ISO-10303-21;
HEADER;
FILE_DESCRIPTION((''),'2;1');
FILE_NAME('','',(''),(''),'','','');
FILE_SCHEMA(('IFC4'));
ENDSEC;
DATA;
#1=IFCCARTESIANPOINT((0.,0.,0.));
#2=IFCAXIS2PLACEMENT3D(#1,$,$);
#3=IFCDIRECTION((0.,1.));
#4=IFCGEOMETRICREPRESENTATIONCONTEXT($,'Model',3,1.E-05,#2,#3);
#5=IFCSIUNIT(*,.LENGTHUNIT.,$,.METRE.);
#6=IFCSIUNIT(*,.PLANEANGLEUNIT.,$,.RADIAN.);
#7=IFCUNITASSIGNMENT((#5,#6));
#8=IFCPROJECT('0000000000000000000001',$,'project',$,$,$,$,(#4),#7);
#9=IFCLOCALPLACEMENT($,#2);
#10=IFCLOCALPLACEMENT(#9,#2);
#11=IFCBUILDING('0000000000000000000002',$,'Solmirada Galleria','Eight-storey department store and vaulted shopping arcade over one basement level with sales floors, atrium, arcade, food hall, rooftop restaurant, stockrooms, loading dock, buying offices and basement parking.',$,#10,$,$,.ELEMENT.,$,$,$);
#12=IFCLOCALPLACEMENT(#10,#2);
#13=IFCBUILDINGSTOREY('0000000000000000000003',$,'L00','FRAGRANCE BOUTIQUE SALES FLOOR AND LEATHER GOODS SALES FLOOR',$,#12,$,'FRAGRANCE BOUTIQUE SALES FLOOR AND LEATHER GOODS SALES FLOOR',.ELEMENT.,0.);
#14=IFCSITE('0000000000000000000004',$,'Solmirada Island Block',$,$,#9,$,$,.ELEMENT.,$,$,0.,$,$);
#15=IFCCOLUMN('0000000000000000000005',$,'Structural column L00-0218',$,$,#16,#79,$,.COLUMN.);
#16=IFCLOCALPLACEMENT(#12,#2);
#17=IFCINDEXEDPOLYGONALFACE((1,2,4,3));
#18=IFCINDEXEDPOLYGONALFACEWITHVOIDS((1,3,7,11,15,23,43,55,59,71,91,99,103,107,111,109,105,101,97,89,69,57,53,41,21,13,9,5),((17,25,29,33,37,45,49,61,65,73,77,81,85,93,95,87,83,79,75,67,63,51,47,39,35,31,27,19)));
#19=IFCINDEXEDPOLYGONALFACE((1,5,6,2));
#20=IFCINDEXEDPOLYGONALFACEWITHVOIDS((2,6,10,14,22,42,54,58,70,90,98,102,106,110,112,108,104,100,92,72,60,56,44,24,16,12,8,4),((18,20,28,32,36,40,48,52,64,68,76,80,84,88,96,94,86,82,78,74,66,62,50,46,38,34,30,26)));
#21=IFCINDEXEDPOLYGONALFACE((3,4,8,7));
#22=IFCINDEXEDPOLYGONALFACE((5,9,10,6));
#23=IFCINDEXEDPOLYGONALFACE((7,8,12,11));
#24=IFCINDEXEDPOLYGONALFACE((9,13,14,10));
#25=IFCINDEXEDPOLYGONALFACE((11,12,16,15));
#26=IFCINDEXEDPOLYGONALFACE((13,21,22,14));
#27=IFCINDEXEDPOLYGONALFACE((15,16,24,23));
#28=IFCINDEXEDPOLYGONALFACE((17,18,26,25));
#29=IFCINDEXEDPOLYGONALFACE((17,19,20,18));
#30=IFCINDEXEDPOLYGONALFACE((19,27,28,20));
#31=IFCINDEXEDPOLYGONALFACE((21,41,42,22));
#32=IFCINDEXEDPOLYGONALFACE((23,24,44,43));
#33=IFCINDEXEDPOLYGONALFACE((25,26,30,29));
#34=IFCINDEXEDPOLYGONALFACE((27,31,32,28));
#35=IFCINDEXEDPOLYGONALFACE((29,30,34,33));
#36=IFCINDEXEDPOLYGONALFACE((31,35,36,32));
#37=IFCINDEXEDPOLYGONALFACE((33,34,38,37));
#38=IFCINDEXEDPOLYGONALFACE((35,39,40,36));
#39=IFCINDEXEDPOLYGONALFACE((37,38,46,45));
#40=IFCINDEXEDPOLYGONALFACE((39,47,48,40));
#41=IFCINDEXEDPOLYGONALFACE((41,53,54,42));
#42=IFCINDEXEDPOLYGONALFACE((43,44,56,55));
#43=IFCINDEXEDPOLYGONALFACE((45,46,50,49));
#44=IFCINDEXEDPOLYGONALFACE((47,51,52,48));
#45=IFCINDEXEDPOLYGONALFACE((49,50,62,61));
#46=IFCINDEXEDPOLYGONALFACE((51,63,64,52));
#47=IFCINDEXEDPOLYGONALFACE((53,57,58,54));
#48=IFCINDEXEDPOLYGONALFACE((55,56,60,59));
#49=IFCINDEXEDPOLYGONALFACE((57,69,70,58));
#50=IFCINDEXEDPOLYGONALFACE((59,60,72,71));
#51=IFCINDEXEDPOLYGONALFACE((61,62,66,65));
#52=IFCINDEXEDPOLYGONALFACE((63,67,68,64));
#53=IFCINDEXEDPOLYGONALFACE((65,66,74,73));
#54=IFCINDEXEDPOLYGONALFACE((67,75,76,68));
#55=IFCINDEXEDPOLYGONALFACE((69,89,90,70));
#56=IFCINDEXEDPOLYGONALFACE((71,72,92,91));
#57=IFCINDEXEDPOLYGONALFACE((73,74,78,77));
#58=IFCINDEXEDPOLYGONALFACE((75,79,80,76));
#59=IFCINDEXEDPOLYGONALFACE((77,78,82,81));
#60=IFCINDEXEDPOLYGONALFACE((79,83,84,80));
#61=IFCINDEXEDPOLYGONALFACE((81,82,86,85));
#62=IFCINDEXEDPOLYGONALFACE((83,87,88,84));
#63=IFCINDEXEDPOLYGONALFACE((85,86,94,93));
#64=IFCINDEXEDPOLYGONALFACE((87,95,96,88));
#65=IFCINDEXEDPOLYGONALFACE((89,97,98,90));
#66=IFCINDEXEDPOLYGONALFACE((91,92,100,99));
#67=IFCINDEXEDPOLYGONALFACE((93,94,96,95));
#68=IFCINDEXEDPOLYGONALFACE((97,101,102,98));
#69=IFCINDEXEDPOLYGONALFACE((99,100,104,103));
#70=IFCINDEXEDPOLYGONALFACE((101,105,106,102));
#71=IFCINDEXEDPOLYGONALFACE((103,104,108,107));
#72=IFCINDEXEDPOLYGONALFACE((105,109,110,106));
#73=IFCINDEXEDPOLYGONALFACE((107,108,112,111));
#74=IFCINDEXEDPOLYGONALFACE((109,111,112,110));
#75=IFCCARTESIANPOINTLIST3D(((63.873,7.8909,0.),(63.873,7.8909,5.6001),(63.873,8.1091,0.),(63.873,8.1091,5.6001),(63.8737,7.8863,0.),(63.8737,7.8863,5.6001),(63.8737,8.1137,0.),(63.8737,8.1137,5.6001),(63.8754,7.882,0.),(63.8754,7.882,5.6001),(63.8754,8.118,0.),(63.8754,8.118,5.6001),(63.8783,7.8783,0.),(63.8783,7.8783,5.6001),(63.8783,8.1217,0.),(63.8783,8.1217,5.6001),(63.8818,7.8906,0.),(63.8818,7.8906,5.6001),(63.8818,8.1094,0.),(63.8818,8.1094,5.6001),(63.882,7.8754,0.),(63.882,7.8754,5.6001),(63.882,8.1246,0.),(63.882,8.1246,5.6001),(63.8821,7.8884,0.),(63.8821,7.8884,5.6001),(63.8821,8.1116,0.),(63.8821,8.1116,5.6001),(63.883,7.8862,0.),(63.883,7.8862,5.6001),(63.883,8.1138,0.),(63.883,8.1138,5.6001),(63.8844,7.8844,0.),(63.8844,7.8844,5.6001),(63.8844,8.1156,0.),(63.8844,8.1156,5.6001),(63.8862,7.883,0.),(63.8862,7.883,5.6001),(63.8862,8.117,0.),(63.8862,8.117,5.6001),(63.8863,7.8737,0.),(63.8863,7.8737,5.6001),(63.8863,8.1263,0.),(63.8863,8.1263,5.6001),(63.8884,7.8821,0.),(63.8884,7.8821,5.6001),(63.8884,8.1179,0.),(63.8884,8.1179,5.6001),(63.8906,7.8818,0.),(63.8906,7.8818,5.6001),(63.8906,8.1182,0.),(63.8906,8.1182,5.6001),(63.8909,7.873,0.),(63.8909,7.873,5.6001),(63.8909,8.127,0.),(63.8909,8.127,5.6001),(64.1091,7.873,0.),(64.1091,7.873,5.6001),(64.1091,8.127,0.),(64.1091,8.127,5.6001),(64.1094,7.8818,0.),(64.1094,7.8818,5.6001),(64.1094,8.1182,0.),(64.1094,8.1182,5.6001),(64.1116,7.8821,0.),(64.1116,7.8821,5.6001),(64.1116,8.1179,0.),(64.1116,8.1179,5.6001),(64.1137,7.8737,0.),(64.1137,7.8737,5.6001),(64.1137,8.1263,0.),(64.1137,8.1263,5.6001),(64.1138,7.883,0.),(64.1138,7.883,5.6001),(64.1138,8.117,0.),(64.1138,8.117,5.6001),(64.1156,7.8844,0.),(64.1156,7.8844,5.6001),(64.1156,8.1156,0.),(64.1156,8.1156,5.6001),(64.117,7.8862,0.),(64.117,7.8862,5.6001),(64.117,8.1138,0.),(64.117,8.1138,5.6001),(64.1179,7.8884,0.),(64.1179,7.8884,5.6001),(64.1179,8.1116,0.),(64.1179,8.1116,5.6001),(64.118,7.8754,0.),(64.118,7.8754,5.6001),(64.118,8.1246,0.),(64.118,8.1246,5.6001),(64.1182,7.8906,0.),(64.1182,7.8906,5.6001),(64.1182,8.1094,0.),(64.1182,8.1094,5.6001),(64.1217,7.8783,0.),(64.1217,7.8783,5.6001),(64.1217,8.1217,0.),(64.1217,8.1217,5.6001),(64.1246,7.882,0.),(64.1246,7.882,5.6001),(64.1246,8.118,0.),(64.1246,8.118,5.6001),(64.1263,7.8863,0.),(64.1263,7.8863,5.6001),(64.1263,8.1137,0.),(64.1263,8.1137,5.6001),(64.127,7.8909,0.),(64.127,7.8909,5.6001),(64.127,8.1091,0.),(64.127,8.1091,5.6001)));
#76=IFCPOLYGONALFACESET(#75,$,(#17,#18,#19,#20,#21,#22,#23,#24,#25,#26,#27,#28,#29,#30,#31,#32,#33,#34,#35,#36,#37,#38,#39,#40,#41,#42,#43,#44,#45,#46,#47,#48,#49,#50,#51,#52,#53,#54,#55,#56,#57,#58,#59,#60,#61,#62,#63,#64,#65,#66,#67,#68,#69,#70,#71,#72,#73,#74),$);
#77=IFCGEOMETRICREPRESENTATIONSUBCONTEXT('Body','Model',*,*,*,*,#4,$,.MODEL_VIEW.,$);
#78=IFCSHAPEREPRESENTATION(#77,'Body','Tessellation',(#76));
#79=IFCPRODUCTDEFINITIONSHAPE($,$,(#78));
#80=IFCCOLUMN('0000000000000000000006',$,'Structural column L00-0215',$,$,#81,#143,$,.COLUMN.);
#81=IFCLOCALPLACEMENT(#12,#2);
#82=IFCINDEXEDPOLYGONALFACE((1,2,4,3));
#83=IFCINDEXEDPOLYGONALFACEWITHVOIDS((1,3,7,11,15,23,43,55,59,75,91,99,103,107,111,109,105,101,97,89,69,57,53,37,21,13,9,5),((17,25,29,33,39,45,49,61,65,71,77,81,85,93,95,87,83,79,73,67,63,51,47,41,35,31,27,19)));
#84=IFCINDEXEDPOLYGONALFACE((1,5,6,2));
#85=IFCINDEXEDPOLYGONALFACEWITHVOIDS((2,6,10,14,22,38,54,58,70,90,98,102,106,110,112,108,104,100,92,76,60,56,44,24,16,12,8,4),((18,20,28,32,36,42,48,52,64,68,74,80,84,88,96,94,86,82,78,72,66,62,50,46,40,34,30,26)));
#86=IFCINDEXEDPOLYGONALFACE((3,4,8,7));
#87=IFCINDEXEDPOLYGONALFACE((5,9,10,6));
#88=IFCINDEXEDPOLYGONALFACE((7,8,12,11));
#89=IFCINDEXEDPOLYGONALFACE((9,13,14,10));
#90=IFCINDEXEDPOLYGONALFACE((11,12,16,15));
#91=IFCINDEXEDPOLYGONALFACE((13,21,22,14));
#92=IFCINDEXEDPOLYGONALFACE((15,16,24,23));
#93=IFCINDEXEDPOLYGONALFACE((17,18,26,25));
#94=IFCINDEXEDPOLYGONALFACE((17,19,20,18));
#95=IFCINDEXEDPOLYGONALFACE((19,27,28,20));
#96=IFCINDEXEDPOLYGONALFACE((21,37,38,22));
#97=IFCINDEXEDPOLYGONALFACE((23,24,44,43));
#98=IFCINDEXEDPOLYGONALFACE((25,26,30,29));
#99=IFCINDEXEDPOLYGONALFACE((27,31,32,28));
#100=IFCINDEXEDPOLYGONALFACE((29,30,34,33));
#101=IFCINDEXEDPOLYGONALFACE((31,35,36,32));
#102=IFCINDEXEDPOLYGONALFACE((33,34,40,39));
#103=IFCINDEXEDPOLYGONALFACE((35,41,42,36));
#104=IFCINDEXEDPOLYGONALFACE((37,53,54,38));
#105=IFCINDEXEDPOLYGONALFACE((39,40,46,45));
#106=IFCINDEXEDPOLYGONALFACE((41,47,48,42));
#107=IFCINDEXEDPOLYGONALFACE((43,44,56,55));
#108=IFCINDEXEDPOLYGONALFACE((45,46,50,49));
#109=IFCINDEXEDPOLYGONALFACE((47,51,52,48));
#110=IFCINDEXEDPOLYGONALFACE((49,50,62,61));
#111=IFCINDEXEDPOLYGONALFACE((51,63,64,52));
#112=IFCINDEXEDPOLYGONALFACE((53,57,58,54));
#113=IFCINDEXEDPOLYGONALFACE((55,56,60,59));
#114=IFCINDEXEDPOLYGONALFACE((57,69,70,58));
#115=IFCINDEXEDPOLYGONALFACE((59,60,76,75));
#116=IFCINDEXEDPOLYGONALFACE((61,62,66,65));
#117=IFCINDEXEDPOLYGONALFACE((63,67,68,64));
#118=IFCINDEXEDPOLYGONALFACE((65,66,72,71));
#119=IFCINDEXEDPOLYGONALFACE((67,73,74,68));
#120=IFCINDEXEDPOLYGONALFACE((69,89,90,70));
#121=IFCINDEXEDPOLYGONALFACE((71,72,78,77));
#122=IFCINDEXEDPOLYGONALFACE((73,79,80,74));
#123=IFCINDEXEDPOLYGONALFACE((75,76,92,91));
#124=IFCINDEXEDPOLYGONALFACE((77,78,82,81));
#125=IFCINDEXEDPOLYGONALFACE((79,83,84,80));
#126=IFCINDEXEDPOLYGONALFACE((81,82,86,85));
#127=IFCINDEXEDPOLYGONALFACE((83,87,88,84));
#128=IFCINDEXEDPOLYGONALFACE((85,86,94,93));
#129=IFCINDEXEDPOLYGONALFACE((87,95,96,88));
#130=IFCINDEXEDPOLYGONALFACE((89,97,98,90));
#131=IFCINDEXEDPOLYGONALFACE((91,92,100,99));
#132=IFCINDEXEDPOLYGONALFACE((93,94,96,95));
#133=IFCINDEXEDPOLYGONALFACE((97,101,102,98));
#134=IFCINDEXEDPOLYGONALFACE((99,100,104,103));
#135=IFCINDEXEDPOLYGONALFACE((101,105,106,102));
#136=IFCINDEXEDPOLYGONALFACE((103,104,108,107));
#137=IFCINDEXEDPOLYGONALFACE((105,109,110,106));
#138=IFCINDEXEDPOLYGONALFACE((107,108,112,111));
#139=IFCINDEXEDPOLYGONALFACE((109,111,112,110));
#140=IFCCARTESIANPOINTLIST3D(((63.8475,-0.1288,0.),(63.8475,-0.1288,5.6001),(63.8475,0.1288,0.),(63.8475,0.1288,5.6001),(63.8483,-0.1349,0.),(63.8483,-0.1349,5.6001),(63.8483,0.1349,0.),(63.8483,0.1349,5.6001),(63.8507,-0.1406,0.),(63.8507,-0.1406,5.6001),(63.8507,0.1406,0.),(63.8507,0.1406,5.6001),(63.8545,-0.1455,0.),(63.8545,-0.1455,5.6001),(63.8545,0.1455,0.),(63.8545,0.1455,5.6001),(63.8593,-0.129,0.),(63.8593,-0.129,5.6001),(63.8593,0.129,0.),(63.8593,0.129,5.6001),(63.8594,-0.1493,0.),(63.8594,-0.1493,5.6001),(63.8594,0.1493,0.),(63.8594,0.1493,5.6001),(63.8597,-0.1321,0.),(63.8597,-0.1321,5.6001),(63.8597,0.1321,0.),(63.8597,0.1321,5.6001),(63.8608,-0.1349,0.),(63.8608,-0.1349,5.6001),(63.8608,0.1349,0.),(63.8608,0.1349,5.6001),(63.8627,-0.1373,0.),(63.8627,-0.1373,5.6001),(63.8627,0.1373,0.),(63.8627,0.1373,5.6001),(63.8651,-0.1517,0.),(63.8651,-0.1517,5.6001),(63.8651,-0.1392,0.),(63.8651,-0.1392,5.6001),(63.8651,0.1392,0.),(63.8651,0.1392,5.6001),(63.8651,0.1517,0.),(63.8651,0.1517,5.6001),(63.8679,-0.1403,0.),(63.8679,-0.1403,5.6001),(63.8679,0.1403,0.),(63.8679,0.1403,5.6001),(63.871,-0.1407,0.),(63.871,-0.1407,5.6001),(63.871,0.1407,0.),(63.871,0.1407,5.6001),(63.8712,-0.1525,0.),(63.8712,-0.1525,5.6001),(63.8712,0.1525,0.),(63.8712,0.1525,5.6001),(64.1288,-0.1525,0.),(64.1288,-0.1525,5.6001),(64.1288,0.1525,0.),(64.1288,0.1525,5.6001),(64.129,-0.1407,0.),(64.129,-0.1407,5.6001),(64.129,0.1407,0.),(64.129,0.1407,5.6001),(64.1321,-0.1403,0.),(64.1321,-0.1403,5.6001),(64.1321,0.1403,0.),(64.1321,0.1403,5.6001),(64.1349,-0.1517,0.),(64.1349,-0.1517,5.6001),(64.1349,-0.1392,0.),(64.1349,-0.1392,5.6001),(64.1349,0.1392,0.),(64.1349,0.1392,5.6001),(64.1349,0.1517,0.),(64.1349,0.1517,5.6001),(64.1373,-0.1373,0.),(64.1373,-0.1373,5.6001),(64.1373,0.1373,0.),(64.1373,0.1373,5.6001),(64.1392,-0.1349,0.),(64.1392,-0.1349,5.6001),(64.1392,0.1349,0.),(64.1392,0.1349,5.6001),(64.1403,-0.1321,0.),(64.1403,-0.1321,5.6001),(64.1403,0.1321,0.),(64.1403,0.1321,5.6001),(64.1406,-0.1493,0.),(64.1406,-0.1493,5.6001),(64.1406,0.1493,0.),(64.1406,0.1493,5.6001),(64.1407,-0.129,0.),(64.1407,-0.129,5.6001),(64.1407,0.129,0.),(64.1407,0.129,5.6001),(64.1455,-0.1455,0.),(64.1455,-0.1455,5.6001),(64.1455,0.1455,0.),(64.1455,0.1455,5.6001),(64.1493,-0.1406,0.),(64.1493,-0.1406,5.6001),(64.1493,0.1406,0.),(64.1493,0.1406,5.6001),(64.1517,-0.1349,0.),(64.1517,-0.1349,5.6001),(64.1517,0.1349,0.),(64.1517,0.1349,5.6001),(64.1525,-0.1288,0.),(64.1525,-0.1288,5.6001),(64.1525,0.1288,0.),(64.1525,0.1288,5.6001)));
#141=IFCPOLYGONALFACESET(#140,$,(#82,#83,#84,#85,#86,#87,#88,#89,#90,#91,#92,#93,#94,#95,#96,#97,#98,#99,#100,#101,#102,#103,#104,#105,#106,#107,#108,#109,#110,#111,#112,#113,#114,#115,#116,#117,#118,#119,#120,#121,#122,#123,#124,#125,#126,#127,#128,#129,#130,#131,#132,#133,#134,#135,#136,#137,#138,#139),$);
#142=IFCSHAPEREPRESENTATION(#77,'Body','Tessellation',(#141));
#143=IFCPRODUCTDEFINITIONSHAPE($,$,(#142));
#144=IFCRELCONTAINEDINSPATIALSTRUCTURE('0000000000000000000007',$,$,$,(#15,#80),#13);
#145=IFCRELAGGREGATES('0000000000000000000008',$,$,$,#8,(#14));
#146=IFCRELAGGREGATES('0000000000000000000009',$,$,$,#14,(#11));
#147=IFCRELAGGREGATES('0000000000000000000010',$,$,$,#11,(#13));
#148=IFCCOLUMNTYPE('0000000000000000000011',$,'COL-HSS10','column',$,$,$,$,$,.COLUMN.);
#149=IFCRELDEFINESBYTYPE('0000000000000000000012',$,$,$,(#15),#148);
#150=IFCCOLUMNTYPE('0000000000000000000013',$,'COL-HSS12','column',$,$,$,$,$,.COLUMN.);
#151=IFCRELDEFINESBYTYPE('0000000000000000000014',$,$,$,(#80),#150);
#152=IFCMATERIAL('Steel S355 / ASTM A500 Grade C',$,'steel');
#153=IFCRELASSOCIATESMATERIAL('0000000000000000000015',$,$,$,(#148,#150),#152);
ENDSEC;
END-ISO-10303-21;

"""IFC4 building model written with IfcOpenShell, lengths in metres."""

from ifc_helpers import new_model, si_unit, direction, frame, origin, origin_2d, place, context, subcontext, project, spatial, hollow_rectangle, extrude, material, material_profile, profile_set, type_object, element, save


model = new_model("IFC4")

# Units and contexts
model_context = context("Model", 3, precision=1e-05, world=origin(), true_north=direction((0.0, 1.0)))
body_context = subcontext(model_context, "Body", "Model", "MODEL_VIEW")
ifc_project = project(units=[si_unit("LENGTHUNIT", "METRE"), si_unit("PLANEANGLEUNIT", "RADIAN")], contexts=[model_context])

# Site, building, storey
site_placement = place(None, origin())
site = spatial("IfcSite", under=ifc_project, at=site_placement, Name="Solmirada Island Block", CompositionType="ELEMENT", RefElevation=0.0)
building_placement = place(site_placement, origin())
building = spatial("IfcBuilding", under=site, at=building_placement, Name="Solmirada Galleria", Description="Eight-storey department store and vaulted shopping arcade over one basement level with sales floors, atrium, arcade, food hall, rooftop restaurant, stockrooms, loading dock, buying offices and basement parking.", CompositionType="ELEMENT")
storey_placement = place(building_placement, origin())
storey = spatial("IfcBuildingStorey", under=building, at=storey_placement, Name="L00", Description="FRAGRANCE BOUTIQUE SALES FLOOR AND LEATHER GOODS SALES FLOOR", LongName="FRAGRANCE BOUTIQUE SALES FLOOR AND LEATHER GOODS SALES FLOOR", CompositionType="ELEMENT", Elevation=0.0)

# Columns
ifc_material_1 = material(Name="Steel S355 / ASTM A500 Grade C", Category="steel")
ifc_material_profile_1 = material_profile(ifc_material_1, hollow_rectangle(XDim=0.2539, YDim=0.2539, WallThickness=0.0088, InnerFilletRadius=0.0088, OuterFilletRadius=0.0178, at=origin_2d()), Name="HSS10X10X3/8")
ifc_profile_set_1 = profile_set([ifc_material_profile_1], Name="Steel S355 / ASTM A500 Grade C")
column_type_1 = type_object("IfcColumnType", Name="COL-HSS10", Description="column", PredefinedType="COLUMN", material=ifc_profile_set_1)
column_1_placement = place(storey_placement, frame((64.0, 8.0, 0.0), z_axis=(0.0, 0.0, 1.0), x_axis=(1.0, 0.0, 0.0)))
element("IfcColumn", 1, at=column_1_placement, inside=storey, type_object=column_type_1, Name="Structural column L00-0218", PredefinedType="COLUMN", context=body_context, shape_type="SweptSolid", body=[
    extrude(hollow_rectangle(XDim=0.2539, YDim=0.2539, WallThickness=0.0088, InnerFilletRadius=0.0088, OuterFilletRadius=0.0178, at=origin_2d()), origin(), (0.0, 0.0, 1.0), 5.6001),
])
ifc_material_profile_2 = material_profile(ifc_material_1, hollow_rectangle(XDim=0.3049, YDim=0.3049, WallThickness=0.0117, InnerFilletRadius=0.0117, OuterFilletRadius=0.0237, at=origin_2d()), Name="HSS12X12X1/2")
ifc_profile_set_2 = profile_set([ifc_material_profile_2], Name="Steel S355 / ASTM A500 Grade C")
column_type_2 = type_object("IfcColumnType", Name="COL-HSS12", Description="column", PredefinedType="COLUMN", material=ifc_profile_set_2)
for number, where, z_axis, x_axis, name in (
    (2, (64.0, 0.0, 0.0), (0.0, 0.0, 1.0), (1.0, 0.0, 0.0), "Structural column L00-0215"),
):
    element("IfcColumn", number, at=place(storey_placement, frame(where, z_axis=z_axis, x_axis=x_axis)), inside=storey, type_object=column_type_2, Name=name, PredefinedType="COLUMN", context=body_context, shape_type="SweptSolid", body=[
        extrude(hollow_rectangle(XDim=0.3049, YDim=0.3049, WallThickness=0.0117, InnerFilletRadius=0.0117, OuterFilletRadius=0.0237, at=origin_2d()), origin(), (0.0, 0.0, 1.0), 5.6001),
    ])

save(model, "model.ifc")
